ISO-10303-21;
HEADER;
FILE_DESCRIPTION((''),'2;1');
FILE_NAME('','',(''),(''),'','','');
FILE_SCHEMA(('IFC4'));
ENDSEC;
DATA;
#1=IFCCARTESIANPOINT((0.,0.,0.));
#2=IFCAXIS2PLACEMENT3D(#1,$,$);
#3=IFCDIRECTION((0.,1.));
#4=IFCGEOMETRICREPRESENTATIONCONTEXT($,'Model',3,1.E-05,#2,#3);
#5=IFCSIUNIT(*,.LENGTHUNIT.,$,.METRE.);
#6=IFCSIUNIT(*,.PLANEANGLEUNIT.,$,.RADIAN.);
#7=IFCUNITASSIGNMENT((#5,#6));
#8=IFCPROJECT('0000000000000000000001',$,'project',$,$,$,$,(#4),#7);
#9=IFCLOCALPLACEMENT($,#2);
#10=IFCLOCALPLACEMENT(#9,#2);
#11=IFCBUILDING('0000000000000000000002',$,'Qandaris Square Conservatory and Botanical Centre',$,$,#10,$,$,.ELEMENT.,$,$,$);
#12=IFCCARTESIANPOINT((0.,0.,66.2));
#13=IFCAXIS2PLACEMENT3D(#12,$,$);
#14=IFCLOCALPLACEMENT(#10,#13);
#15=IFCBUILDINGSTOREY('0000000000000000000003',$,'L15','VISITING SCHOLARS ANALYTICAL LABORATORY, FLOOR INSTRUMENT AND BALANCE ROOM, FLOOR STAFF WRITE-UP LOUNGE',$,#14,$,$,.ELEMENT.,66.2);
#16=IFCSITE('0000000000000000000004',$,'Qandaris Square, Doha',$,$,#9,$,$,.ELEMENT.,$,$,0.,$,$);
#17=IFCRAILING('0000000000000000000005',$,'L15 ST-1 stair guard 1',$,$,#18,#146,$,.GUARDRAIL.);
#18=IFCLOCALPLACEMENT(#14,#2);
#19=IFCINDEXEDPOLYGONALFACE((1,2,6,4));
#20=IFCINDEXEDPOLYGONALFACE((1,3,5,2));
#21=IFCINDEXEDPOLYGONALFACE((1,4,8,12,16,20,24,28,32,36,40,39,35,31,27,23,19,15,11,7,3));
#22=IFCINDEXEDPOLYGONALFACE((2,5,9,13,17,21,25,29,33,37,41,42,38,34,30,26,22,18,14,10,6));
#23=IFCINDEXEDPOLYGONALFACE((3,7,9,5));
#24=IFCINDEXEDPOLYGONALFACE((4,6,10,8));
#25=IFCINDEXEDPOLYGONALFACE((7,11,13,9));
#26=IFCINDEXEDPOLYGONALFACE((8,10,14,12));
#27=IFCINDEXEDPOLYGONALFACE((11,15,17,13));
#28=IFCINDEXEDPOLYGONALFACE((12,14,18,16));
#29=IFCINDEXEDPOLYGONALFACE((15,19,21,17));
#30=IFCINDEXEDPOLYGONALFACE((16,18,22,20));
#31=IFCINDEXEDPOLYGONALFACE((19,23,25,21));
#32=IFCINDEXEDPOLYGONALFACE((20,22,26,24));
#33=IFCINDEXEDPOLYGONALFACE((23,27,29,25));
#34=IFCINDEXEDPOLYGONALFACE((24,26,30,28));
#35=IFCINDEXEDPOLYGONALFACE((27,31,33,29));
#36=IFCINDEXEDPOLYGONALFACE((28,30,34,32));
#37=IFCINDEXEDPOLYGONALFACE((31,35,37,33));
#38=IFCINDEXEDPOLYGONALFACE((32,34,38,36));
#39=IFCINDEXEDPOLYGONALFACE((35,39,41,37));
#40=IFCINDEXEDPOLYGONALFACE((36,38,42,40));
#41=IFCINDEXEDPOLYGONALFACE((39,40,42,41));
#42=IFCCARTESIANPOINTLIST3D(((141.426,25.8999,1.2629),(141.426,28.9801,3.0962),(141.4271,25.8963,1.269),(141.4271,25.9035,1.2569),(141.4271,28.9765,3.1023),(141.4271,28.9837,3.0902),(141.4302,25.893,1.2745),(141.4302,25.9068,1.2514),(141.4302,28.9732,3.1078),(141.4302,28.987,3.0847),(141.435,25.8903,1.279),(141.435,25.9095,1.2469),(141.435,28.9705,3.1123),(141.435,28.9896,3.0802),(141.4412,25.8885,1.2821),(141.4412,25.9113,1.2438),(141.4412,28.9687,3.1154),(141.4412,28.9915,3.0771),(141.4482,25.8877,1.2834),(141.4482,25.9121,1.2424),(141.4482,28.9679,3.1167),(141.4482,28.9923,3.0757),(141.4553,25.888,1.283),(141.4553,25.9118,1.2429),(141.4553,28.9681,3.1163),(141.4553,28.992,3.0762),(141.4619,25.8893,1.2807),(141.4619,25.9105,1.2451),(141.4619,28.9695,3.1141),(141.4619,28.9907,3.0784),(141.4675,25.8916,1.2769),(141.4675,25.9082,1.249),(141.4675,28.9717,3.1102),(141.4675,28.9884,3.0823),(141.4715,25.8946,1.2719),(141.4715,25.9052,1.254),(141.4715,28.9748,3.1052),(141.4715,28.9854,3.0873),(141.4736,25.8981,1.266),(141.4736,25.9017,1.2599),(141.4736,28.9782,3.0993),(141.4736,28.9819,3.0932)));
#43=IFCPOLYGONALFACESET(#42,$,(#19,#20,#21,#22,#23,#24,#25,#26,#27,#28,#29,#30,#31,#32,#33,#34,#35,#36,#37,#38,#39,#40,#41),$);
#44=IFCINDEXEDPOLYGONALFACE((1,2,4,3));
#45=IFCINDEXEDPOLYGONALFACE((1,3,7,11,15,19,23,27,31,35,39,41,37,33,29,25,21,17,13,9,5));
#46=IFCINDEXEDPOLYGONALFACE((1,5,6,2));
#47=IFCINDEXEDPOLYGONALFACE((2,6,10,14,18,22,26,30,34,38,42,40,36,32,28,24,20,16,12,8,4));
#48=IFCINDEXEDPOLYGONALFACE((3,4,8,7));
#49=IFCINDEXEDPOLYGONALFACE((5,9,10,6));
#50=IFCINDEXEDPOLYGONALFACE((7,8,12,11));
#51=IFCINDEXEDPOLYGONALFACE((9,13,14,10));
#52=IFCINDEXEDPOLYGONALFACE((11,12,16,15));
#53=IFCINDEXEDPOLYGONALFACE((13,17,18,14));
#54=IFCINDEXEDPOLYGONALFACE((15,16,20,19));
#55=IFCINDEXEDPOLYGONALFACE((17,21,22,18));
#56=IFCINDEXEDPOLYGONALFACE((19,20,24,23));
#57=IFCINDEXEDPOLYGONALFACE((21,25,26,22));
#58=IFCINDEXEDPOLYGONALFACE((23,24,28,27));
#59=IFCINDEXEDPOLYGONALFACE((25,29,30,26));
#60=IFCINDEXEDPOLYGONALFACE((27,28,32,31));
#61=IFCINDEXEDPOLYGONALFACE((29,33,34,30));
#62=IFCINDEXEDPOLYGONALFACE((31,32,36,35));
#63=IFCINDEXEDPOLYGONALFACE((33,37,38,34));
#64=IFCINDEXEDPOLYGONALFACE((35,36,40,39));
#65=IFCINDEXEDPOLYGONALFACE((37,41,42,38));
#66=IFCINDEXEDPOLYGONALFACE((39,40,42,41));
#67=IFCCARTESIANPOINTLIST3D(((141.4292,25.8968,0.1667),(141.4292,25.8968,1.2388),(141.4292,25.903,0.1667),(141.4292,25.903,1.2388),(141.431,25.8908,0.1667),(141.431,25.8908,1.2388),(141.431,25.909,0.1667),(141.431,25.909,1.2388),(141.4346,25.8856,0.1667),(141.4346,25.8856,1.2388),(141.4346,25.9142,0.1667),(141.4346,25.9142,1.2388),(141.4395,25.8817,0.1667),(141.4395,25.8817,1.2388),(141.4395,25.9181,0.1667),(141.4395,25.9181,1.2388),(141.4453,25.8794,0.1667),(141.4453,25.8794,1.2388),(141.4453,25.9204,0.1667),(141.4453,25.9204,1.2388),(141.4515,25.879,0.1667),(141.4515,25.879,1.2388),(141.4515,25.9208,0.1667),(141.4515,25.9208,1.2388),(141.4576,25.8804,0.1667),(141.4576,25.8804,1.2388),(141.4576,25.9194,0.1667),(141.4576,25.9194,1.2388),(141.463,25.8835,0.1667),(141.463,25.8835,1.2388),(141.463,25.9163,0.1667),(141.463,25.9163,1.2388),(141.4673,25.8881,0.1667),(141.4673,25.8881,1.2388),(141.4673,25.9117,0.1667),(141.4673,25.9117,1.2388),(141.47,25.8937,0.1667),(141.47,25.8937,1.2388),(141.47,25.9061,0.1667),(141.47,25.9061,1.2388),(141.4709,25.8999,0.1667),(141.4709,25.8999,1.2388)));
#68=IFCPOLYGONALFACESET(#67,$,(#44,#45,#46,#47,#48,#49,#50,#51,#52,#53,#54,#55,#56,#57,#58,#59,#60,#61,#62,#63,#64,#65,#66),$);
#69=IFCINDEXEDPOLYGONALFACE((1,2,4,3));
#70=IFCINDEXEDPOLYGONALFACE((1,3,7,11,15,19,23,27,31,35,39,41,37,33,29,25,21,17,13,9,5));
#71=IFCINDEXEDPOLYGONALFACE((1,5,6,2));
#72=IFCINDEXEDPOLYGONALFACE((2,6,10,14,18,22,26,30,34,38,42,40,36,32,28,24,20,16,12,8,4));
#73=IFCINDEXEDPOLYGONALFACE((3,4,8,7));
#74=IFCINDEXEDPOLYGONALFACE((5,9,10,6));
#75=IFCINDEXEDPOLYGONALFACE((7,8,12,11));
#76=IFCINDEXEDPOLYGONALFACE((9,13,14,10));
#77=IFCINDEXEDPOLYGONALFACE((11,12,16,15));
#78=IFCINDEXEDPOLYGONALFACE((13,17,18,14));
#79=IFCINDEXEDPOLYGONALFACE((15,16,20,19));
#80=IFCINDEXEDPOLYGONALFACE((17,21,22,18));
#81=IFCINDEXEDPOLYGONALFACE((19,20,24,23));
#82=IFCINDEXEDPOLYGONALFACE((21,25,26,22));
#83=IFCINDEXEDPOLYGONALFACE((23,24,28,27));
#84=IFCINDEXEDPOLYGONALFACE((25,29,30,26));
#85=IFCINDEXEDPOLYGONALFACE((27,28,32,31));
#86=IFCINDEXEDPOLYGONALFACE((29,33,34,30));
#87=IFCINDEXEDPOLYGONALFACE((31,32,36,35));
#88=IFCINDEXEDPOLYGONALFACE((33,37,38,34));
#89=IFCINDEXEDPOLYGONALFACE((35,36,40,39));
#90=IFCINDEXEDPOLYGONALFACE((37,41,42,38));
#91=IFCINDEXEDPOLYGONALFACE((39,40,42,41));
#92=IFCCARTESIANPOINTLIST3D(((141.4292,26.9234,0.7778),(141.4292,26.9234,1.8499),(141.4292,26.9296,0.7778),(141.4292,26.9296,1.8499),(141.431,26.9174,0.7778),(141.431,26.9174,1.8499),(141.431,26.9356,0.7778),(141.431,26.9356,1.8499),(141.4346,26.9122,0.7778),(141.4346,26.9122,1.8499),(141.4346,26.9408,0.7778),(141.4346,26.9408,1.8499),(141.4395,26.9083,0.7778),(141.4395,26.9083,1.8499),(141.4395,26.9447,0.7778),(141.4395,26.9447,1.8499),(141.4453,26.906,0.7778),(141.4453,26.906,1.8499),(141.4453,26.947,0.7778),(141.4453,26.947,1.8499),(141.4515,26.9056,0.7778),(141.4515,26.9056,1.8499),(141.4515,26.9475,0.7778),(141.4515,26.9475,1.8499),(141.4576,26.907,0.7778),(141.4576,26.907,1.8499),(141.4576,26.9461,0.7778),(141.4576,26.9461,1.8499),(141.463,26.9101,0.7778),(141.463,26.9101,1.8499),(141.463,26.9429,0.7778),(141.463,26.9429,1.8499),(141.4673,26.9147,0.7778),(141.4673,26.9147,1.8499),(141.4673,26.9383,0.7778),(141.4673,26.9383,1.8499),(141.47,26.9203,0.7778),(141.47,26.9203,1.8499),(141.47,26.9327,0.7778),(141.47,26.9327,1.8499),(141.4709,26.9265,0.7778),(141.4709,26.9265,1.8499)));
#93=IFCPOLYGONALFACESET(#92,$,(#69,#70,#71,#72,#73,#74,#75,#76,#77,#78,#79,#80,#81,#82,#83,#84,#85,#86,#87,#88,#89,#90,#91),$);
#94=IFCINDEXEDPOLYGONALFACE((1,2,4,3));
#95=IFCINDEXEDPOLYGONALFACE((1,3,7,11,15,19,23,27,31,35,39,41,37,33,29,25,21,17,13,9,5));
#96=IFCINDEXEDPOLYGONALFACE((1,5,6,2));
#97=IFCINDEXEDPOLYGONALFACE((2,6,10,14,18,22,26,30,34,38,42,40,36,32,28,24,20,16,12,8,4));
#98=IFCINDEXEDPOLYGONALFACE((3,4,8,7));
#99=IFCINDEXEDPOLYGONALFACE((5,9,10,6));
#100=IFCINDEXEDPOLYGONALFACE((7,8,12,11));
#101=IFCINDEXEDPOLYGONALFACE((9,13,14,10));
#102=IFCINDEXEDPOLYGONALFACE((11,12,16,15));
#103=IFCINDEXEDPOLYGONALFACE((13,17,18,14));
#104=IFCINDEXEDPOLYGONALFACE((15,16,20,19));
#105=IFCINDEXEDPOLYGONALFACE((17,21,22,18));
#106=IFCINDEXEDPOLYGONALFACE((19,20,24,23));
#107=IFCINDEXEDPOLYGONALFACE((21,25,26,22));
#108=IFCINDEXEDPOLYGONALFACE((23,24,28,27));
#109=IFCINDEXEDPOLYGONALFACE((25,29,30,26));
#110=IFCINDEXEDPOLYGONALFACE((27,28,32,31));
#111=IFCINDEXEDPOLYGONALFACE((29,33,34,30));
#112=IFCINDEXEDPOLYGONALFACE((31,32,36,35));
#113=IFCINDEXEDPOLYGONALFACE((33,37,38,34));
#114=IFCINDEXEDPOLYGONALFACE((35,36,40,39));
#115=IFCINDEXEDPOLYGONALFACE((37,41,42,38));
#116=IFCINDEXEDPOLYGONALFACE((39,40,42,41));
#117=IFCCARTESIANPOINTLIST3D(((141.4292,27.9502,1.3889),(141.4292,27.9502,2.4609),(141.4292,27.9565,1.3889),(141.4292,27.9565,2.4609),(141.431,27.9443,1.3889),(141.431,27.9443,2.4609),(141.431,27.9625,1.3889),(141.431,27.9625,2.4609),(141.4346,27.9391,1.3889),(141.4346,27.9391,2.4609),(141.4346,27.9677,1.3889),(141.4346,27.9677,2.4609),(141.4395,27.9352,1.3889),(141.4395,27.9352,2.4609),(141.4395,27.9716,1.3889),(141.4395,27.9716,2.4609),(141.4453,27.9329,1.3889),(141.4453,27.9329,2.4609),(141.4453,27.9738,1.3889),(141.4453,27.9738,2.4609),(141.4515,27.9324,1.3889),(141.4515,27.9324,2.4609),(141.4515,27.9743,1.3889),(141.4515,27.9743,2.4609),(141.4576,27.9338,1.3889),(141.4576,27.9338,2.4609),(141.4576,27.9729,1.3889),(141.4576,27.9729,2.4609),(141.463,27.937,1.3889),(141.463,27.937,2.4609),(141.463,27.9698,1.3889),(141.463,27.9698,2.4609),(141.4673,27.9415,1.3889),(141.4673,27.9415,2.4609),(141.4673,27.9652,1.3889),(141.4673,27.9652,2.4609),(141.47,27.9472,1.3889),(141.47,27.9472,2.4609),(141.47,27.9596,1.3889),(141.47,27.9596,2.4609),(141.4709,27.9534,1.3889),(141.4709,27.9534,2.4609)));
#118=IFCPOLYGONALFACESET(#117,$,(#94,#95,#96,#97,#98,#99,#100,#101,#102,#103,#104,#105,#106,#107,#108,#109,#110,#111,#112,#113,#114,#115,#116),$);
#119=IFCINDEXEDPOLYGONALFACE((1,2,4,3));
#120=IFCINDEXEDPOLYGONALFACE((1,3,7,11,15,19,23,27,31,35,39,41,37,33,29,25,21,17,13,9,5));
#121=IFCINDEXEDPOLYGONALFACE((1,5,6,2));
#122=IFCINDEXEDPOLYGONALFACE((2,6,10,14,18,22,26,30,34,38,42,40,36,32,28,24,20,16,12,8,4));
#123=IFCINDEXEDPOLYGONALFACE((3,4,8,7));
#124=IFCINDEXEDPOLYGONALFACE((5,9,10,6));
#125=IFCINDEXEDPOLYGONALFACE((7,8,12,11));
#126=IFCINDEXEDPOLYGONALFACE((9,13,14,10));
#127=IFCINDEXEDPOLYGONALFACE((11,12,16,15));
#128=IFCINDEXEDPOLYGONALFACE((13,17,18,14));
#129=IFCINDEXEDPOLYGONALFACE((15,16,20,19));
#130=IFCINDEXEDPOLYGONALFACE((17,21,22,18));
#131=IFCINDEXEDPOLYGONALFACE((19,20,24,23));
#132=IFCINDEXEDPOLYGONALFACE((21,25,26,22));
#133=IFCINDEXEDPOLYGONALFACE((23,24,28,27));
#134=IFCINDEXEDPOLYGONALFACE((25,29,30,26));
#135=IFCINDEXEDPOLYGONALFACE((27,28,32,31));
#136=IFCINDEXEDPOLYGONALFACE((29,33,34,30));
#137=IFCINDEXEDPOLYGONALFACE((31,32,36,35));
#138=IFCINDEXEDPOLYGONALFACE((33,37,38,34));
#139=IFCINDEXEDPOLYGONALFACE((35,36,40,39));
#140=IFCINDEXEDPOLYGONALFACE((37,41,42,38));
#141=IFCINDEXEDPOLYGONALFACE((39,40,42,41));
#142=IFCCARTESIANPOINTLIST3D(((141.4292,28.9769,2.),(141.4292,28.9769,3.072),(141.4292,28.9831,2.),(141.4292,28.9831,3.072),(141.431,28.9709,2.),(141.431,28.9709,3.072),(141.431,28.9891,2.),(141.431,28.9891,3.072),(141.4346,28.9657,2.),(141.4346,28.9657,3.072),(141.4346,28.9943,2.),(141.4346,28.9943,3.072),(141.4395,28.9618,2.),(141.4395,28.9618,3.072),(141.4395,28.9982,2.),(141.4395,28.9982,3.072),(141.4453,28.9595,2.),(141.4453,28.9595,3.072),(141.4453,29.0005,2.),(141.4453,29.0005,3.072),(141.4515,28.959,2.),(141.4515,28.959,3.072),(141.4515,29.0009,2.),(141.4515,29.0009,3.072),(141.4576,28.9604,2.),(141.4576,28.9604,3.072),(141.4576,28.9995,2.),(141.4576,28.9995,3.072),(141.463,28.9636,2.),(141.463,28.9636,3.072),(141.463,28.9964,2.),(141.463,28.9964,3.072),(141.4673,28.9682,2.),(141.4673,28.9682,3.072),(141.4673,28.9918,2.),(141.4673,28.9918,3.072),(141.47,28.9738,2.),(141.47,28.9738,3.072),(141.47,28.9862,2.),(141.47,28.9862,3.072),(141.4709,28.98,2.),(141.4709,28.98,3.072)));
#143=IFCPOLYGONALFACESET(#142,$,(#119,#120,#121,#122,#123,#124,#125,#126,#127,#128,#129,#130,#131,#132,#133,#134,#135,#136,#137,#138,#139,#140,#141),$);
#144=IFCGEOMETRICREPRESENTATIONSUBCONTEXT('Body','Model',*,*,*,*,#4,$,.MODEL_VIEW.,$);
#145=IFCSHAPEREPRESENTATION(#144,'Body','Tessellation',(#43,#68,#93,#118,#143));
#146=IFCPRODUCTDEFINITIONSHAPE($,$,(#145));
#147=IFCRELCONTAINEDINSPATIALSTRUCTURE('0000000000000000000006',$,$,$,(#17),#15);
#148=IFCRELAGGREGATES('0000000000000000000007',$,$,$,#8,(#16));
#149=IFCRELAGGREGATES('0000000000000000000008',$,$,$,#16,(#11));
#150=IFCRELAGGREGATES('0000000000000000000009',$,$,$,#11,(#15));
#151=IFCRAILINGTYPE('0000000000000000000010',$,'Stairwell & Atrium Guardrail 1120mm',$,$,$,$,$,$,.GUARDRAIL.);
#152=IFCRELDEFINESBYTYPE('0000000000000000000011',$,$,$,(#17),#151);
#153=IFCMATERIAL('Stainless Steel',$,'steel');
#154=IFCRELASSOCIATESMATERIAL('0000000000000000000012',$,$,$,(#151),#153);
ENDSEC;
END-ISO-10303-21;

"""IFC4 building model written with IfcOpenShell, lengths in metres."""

from ifc_helpers import new_model, si_unit, direction, frame, origin, origin_2d, place, context, subcontext, project, spatial, circle, extrude, material, type_object, element, save


model = new_model("IFC4")

# Units and contexts
model_context = context("Model", 3, precision=1e-05, world=origin(), true_north=direction((0.0, 1.0)))
body_context = subcontext(model_context, "Body", "Model", "MODEL_VIEW")
ifc_project = project(units=[si_unit("LENGTHUNIT", "METRE"), si_unit("PLANEANGLEUNIT", "RADIAN")], contexts=[model_context])

# Site, building, storey
site_placement = place(None, origin())
site = spatial("IfcSite", under=ifc_project, at=site_placement, Name="Qandaris Square, Doha", CompositionType="ELEMENT", RefElevation=0.0)
building_placement = place(site_placement, origin())
building = spatial("IfcBuilding", under=site, at=building_placement, Name="Qandaris Square Conservatory and Botanical Centre", CompositionType="ELEMENT")
storey_placement = place(building_placement, frame((0.0, 0.0, 66.2)))
storey = spatial("IfcBuildingStorey", under=building, at=storey_placement, Name="L15", Description="VISITING SCHOLARS ANALYTICAL LABORATORY, FLOOR INSTRUMENT AND BALANCE ROOM, FLOOR STAFF WRITE-UP LOUNGE", CompositionType="ELEMENT", Elevation=66.2)

# Railing
ifc_material_1 = material(Name="Stainless Steel", Category="steel")
railing_type_1 = type_object("IfcRailingType", Name="Stairwell & Atrium Guardrail 1120mm", PredefinedType="GUARDRAIL", material=ifc_material_1)
railing_1_placement = place(storey_placement, frame((141.45, 25.8999, 0.1667)))
element("IfcRailing", 1, at=railing_1_placement, inside=storey, type_object=railing_type_1, Name="L15 ST-1 stair guard 1", PredefinedType="GUARDRAIL", context=body_context, shape_type="SweptSolid", body=[
    extrude(circle(Radius=0.0239, at=origin_2d()), frame((0.0, 0.0, 1.0962), z_axis=(0.0, 0.859309, 0.511458), x_axis=(-1.0, 0.0, 0.0)), (0.0, 0.0, 1.0), 3.5845),
    extrude(circle(Radius=0.021, at=origin_2d()), origin(), (0.0, 0.0, 1.0), 1.072),
    extrude(circle(Radius=0.021, at=origin_2d()), frame((0.0, 1.0266, 0.6111)), (0.0, 0.0, 1.0), 1.072),
    extrude(circle(Radius=0.021, at=origin_2d()), frame((0.0, 2.0535, 1.2222)), (0.0, 0.0, 1.0), 1.072),
    extrude(circle(Radius=0.021, at=origin_2d()), frame((0.0, 3.0801, 1.8333)), (0.0, 0.0, 1.0), 1.072),
])

save(model, "model.ifc")
